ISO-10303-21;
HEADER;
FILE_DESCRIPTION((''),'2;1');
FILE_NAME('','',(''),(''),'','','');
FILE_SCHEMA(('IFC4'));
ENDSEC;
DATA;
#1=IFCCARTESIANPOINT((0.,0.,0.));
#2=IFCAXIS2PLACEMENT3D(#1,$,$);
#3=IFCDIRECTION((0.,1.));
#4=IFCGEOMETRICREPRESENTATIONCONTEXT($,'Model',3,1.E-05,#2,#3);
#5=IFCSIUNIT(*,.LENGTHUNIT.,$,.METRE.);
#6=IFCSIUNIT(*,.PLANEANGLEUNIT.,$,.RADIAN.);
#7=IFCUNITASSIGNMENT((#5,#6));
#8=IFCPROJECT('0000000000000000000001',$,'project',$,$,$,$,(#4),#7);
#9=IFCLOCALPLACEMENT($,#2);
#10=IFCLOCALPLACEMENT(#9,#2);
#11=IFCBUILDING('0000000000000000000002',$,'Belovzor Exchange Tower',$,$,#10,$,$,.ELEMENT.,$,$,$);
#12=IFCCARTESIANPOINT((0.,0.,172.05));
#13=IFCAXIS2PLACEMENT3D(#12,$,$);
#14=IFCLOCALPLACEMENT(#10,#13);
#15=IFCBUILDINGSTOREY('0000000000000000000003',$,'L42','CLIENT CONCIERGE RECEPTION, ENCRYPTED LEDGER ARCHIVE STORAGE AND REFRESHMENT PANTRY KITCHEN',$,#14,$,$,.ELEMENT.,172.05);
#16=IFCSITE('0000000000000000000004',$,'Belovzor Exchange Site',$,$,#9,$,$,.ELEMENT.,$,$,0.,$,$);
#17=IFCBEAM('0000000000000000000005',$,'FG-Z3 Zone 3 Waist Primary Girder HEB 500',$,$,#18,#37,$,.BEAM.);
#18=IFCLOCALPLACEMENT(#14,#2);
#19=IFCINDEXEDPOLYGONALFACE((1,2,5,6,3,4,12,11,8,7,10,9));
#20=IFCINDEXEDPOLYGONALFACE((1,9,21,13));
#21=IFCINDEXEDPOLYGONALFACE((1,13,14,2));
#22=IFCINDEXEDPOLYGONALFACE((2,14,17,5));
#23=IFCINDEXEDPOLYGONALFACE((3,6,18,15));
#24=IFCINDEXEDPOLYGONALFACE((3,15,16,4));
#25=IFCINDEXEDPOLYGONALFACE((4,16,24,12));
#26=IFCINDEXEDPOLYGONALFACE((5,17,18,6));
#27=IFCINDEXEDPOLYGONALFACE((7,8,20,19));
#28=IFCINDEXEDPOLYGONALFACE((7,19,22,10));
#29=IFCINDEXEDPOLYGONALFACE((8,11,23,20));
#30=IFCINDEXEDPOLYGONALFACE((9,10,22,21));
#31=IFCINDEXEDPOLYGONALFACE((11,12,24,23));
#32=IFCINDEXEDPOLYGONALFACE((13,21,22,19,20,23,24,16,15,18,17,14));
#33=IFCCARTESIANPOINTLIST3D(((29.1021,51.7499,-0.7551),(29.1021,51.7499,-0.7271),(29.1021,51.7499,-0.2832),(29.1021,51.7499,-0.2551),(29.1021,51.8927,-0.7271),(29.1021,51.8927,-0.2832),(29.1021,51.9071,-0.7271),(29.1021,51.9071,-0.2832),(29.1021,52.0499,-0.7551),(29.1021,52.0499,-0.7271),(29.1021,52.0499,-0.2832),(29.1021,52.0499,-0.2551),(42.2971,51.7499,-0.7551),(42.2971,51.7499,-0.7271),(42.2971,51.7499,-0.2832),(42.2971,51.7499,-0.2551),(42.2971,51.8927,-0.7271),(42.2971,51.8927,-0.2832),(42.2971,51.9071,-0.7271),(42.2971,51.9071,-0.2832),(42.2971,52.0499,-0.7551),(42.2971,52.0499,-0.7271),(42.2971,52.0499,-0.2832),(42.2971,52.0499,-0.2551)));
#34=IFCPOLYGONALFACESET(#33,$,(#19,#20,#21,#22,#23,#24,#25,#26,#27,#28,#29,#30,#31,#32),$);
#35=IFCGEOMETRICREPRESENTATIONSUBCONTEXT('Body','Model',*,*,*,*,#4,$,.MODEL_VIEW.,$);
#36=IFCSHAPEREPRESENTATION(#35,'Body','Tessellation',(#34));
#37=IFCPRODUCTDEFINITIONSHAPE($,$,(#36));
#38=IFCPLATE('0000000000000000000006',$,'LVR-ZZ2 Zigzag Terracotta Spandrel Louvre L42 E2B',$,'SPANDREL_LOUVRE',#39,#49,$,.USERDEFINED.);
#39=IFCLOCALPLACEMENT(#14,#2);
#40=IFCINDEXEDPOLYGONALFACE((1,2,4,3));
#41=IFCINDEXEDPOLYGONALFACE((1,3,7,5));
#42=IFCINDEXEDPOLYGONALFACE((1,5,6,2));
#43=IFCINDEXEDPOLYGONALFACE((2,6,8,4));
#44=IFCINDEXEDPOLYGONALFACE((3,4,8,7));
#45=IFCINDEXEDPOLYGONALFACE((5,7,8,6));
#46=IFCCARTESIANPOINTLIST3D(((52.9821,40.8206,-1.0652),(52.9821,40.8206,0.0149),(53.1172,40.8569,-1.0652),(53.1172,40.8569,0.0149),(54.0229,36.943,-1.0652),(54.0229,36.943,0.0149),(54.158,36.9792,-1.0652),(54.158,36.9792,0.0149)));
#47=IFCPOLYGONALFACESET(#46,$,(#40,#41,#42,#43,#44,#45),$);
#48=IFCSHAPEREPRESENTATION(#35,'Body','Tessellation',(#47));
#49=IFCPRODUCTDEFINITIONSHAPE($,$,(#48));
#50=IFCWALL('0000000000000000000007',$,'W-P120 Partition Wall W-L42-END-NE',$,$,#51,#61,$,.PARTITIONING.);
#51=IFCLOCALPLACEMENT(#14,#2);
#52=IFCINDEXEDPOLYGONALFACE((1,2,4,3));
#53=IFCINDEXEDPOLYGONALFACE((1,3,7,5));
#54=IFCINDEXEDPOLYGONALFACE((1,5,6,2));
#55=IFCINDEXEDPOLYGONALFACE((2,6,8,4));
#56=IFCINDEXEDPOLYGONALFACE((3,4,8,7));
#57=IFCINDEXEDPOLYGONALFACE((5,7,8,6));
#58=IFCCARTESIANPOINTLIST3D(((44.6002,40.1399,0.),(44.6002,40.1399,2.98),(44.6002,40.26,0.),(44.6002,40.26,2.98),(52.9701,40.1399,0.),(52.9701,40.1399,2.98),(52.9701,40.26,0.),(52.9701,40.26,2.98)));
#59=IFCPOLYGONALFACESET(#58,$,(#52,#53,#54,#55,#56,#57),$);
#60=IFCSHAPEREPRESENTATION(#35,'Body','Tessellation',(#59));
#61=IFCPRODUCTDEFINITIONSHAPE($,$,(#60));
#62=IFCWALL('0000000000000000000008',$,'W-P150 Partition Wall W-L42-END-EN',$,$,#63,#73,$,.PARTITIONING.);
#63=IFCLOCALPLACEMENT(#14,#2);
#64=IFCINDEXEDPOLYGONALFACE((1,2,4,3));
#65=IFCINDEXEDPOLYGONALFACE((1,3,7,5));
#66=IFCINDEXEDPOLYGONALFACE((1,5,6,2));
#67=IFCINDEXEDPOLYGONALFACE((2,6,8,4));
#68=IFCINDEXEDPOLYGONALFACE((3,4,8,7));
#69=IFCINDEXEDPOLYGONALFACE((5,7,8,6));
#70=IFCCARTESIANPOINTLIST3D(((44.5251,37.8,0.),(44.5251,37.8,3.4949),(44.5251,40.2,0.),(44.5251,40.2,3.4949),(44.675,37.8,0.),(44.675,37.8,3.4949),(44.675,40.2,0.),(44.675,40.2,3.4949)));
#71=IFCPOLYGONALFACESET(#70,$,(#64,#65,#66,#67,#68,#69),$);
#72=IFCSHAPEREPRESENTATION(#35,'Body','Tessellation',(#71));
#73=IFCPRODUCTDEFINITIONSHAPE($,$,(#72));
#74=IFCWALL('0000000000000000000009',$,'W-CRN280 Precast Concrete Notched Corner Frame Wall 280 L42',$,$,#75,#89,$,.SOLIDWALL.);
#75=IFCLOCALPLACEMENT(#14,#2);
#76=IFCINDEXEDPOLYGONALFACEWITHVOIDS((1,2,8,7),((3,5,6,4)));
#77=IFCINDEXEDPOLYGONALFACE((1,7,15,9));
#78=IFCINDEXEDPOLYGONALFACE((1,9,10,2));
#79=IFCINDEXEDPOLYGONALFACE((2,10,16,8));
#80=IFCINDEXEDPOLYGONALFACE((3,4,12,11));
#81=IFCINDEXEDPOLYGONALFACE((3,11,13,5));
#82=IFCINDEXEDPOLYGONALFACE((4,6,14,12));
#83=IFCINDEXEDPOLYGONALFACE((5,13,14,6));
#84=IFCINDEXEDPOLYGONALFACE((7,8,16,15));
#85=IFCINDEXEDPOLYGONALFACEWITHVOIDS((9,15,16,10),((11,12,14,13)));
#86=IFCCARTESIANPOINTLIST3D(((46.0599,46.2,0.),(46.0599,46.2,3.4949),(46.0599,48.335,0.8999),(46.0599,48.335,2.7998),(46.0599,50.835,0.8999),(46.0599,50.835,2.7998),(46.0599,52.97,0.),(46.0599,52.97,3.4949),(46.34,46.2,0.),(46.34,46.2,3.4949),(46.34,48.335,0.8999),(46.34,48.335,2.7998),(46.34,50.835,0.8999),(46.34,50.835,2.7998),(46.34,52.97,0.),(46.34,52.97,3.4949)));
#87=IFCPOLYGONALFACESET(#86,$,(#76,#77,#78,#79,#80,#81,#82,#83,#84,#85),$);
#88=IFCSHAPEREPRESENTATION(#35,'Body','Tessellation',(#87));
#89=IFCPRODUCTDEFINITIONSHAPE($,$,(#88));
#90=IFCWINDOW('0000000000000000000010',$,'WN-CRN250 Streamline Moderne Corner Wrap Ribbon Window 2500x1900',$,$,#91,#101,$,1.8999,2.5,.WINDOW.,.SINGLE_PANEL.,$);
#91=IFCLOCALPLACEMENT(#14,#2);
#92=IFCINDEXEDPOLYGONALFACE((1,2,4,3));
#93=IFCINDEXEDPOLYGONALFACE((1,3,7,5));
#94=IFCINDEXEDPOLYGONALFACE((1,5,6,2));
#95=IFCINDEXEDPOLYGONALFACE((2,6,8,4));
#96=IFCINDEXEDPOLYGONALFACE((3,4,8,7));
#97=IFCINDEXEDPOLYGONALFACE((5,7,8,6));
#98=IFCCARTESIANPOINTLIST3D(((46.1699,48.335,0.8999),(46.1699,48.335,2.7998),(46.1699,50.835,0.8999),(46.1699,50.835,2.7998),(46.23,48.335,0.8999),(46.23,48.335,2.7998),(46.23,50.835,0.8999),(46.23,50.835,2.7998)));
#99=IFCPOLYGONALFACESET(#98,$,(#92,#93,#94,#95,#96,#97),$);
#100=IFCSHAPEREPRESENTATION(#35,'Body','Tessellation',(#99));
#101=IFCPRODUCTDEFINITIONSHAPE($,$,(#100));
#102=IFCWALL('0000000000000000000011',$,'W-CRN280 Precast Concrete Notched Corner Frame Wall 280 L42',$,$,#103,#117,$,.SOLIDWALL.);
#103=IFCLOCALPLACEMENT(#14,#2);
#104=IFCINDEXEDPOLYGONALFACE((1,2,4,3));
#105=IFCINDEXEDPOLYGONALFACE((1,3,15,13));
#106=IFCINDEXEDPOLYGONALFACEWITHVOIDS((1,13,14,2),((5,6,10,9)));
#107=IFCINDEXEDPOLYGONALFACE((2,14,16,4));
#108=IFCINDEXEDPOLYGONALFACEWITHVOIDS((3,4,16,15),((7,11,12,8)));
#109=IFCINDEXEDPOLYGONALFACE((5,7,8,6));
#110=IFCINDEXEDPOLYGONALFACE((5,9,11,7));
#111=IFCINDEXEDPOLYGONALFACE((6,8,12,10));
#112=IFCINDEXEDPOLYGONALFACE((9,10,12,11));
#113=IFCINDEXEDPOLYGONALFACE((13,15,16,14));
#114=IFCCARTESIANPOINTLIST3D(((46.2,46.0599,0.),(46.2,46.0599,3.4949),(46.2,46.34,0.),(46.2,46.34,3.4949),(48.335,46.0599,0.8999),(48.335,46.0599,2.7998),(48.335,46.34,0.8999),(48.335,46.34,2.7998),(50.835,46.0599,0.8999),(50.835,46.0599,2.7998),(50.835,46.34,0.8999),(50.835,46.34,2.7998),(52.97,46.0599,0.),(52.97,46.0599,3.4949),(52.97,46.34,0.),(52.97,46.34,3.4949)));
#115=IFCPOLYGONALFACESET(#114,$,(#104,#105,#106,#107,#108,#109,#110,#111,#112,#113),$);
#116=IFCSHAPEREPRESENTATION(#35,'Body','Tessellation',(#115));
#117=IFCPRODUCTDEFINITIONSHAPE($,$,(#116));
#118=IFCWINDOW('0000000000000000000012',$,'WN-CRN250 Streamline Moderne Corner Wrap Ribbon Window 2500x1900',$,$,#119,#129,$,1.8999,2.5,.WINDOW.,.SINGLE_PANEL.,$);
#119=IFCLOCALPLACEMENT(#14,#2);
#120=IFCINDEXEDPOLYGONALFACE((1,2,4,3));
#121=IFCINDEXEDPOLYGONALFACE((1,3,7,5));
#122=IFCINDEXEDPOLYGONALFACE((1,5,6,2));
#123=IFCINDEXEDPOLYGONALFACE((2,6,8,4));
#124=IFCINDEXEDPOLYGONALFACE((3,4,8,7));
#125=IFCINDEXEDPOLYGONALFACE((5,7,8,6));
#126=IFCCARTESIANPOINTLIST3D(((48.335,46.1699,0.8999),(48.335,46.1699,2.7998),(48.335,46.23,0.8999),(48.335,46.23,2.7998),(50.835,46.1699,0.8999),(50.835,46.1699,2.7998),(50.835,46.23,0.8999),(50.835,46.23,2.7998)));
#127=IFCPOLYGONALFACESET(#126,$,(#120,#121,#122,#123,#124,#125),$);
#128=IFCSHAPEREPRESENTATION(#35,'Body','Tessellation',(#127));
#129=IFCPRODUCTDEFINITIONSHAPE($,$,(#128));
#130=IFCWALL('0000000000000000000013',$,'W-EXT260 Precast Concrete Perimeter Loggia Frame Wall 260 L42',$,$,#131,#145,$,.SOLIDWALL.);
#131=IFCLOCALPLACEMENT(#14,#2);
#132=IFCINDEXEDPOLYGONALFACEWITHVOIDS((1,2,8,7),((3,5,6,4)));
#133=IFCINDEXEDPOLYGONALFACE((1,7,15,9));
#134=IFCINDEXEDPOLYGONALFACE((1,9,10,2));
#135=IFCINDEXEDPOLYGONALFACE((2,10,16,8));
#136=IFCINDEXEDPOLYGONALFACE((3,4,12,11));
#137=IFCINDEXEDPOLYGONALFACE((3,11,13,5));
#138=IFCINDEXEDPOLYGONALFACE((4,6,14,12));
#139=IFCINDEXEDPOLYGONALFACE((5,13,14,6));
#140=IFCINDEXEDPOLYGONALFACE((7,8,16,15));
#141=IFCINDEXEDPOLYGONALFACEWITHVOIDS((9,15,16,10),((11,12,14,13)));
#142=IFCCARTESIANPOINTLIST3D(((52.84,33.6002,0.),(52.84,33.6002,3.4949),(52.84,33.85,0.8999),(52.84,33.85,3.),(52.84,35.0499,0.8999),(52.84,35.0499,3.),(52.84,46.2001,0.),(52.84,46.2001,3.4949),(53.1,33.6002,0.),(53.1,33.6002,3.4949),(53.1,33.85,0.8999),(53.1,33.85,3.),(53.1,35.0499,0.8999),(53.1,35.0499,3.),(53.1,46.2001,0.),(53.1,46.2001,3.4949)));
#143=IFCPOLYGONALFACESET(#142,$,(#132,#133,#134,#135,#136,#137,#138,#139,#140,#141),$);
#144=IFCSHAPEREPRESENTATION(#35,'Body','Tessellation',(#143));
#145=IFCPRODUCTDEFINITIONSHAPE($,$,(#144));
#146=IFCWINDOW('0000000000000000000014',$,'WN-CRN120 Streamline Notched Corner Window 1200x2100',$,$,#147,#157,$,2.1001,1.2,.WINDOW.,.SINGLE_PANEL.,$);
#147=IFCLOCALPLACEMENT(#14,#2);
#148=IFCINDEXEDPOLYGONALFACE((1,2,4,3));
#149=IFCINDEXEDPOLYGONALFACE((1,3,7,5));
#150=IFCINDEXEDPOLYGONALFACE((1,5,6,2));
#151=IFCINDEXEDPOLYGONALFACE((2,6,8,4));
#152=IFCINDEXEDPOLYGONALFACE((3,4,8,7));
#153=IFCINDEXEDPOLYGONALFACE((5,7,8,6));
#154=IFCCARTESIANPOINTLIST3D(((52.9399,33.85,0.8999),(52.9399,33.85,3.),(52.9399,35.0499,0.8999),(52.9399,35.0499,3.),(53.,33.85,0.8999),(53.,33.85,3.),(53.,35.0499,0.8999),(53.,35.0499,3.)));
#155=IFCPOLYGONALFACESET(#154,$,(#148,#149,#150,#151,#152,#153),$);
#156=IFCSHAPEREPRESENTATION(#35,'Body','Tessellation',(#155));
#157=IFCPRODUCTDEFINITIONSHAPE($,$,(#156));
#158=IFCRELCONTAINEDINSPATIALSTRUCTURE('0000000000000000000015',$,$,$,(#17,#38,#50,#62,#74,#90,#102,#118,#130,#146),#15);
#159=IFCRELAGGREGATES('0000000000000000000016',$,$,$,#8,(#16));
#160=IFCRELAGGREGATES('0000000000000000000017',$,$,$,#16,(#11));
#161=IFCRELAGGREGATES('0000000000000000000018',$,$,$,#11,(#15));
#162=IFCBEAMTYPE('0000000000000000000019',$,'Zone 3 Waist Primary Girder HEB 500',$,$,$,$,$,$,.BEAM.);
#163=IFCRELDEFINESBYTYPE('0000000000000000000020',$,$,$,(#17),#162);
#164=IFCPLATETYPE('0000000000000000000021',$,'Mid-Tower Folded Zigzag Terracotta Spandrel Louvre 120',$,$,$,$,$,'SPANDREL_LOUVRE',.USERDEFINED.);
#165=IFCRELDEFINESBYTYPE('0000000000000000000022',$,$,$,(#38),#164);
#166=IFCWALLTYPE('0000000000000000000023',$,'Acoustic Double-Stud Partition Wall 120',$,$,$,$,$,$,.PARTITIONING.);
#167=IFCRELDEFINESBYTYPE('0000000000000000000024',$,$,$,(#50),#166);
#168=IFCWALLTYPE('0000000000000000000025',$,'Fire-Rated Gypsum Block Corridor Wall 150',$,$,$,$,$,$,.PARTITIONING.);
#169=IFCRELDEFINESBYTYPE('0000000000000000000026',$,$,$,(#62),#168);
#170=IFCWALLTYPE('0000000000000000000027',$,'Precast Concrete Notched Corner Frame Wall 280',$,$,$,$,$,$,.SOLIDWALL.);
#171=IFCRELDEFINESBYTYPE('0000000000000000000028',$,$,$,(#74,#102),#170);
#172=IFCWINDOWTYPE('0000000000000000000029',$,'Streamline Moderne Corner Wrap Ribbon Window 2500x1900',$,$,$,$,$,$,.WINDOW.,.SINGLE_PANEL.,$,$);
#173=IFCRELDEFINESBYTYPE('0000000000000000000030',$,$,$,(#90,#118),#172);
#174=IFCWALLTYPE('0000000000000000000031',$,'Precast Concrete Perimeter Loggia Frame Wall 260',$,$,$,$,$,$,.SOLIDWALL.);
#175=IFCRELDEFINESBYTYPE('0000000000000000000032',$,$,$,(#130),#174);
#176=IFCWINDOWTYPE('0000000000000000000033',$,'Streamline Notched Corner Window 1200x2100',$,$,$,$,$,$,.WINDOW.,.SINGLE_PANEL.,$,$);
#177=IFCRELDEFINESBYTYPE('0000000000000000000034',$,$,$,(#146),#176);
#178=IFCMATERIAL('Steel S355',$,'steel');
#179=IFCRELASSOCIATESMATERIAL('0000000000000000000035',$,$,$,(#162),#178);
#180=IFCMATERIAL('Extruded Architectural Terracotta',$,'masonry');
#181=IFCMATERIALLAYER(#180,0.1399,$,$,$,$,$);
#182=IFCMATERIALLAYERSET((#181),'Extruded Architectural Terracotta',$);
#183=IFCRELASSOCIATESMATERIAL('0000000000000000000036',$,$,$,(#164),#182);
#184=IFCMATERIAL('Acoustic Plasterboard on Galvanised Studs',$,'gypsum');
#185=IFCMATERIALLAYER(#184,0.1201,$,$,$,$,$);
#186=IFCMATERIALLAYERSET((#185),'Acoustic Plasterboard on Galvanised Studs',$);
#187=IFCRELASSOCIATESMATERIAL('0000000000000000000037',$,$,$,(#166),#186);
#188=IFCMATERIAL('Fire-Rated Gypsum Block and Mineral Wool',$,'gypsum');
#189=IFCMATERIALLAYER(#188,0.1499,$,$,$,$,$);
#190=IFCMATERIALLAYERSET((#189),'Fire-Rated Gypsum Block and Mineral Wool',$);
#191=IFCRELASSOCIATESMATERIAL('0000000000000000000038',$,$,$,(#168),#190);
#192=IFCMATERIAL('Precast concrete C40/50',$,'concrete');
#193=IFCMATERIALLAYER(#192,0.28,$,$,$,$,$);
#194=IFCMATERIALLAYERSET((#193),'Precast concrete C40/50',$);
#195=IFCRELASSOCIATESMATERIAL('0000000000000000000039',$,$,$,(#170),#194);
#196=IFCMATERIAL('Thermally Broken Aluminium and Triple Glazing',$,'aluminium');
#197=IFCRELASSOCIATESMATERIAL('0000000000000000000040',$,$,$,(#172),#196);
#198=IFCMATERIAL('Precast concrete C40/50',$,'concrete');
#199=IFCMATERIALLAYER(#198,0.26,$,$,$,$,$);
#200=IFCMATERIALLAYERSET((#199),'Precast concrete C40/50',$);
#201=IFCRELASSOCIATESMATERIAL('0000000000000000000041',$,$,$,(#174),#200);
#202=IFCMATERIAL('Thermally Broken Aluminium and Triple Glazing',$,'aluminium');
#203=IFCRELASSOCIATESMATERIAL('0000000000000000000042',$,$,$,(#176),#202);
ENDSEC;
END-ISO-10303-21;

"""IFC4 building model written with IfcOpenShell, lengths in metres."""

from ifc_helpers import new_model, si_unit, direction, frame, frame_2d, origin, origin_2d, place, context, subcontext, project, spatial, rectangle, i_section, extrude, material, layer, layer_set, material_profile, profile_set, type_object, element, fill, save


model = new_model("IFC4")

# Units and contexts
model_context = context("Model", 3, precision=1e-05, world=origin(), true_north=direction((0.0, 1.0)))
body_context = subcontext(model_context, "Body", "Model", "MODEL_VIEW")
ifc_project = project(units=[si_unit("LENGTHUNIT", "METRE"), si_unit("PLANEANGLEUNIT", "RADIAN")], contexts=[model_context])

# Site, building, storey
site_placement = place(None, origin())
site = spatial("IfcSite", under=ifc_project, at=site_placement, Name="Belovzor Exchange Site", CompositionType="ELEMENT", RefElevation=0.0)
building_placement = place(site_placement, origin())
building = spatial("IfcBuilding", under=site, at=building_placement, Name="Belovzor Exchange Tower", CompositionType="ELEMENT")
storey_placement = place(building_placement, frame((0.0, 0.0, 172.05)))
storey = spatial("IfcBuildingStorey", under=building, at=storey_placement, Name="L42", Description="CLIENT CONCIERGE RECEPTION, ENCRYPTED LEDGER ARCHIVE STORAGE AND REFRESHMENT PANTRY KITCHEN", CompositionType="ELEMENT", Elevation=172.05)

# Beam
ifc_material_1 = material(Name="Steel S355", Category="steel")
ifc_material_profile_1 = material_profile(ifc_material_1, i_section(OverallWidth=0.3, OverallDepth=0.5, WebThickness=0.0144, FlangeThickness=0.0281, at=origin_2d()))
ifc_profile_set_1 = profile_set([ifc_material_profile_1], Name="Steel S355")
beam_type_1 = type_object("IfcBeamType", Name="Zone 3 Waist Primary Girder HEB 500", PredefinedType="BEAM", material=ifc_profile_set_1)
beam_1_placement = place(storey_placement, frame((42.2971, 51.8999, -0.5051), z_axis=(-1.0, 0.0, 0.0), x_axis=(0.0, -1.0, 0.0)))
element("IfcBeam", 1, at=beam_1_placement, inside=storey, type_object=beam_type_1, Name="FG-Z3 Zone 3 Waist Primary Girder HEB 500", PredefinedType="BEAM", context=body_context, shape_type="SweptSolid", body=[
    extrude(i_section(OverallWidth=0.3, OverallDepth=0.5, WebThickness=0.0144, FlangeThickness=0.0281, at=origin_2d()), origin(), (0.0, 0.0, 1.0), 13.1951),
])

# Plate
ifc_material_2 = material(Name="Extruded Architectural Terracotta", Category="masonry")
ifc_layer_1 = layer(ifc_material_2, 0.1399)
ifc_layer_set_1 = layer_set([ifc_layer_1], Name="Extruded Architectural Terracotta")
plate_type = type_object("IfcPlateType", Name="Mid-Tower Folded Zigzag Terracotta Spandrel Louvre 120", ElementType="SPANDREL_LOUVRE", PredefinedType="USERDEFINED", material=ifc_layer_set_1)
plate_placement = place(storey_placement, frame((53.5701, 38.8999, -1.0652), z_axis=(0.0, 0.0, 1.0), x_axis=(-0.25924, 0.965813, 0.0)))
element("IfcPlate", 2, at=plate_placement, inside=storey, type_object=plate_type, Name="LVR-ZZ2 Zigzag Terracotta Spandrel Louvre L42 E2B", ObjectType="SPANDREL_LOUVRE", PredefinedType="USERDEFINED", context=body_context, shape_type="SweptSolid", body=[
    extrude(rectangle(XDim=4.0149, YDim=0.1399, at=origin_2d()), origin(), (0.0, 0.0, 1.0), 1.0801),
])

# Walls
ifc_material_3 = material(Name="Acoustic Plasterboard on Galvanised Studs", Category="gypsum")
ifc_layer_2 = layer(ifc_material_3, 0.1201)
ifc_layer_set_2 = layer_set([ifc_layer_2], Name="Acoustic Plasterboard on Galvanised Studs")
wall_type_1 = type_object("IfcWallType", Name="Acoustic Double-Stud Partition Wall 120", PredefinedType="PARTITIONING", material=ifc_layer_set_2)
wall_1_placement = place(storey_placement, frame((44.6001, 40.2, 0.0), z_axis=(0.0, 0.0, 1.0), x_axis=(1.0, 0.0, 0.0)))
element("IfcWall", 3, at=wall_1_placement, inside=storey, type_object=wall_type_1, Name="W-P120 Partition Wall W-L42-END-NE", PredefinedType="PARTITIONING", context=body_context, shape_type="SweptSolid", body=[
    extrude(rectangle(XDim=8.3699, YDim=0.1201, at=frame_2d((4.1851, 0.0))), origin(), (0.0, 0.0, 1.0), 2.98),
])
ifc_material_4 = material(Name="Fire-Rated Gypsum Block and Mineral Wool", Category="gypsum")
ifc_layer_3 = layer(ifc_material_4, 0.1499)
ifc_layer_set_3 = layer_set([ifc_layer_3], Name="Fire-Rated Gypsum Block and Mineral Wool")
wall_type_2 = type_object("IfcWallType", Name="Fire-Rated Gypsum Block Corridor Wall 150", PredefinedType="PARTITIONING", material=ifc_layer_set_3)
wall_2_placement = place(storey_placement, frame((44.6001, 37.8, 0.0), z_axis=(0.0, 0.0, 1.0), x_axis=(0.0, 1.0, 0.0)))
element("IfcWall", 4, at=wall_2_placement, inside=storey, type_object=wall_type_2, Name="W-P150 Partition Wall W-L42-END-EN", PredefinedType="PARTITIONING", context=body_context, shape_type="SweptSolid", body=[
    extrude(rectangle(XDim=2.3999, YDim=0.1499, at=frame_2d((1.2, 0.0))), origin(), (0.0, 0.0, 1.0), 3.4949),
])

# Walls, openings, windows
ifc_material_5 = material(Name="Precast concrete C40/50", Category="concrete")
ifc_layer_4 = layer(ifc_material_5, 0.28)
ifc_layer_set_4 = layer_set([ifc_layer_4], Name="Precast concrete C40/50")
wall_type_3 = type_object("IfcWallType", Name="Precast Concrete Notched Corner Frame Wall 280", PredefinedType="SOLIDWALL", material=ifc_layer_set_4)
wall_3_placement = place(storey_placement, frame((46.2, 52.97, 0.0), z_axis=(0.0, 0.0, 1.0), x_axis=(0.0, -1.0, 0.0)))
wall_3 = element("IfcWall", 5, at=wall_3_placement, inside=storey, type_object=wall_type_3, Name="W-CRN280 Precast Concrete Notched Corner Frame Wall 280 L42", PredefinedType="SOLIDWALL", context=body_context, shape_type="SweptSolid", body=[
    extrude(rectangle(XDim=6.77, YDim=0.28, at=frame_2d((3.385, 0.0))), origin(), (0.0, 0.0, 1.0), 3.4949),
])
opening_1_placement = place(wall_3_placement, frame((2.135, 0.0, 0.8999)))
opening_1 = element("IfcOpeningElement", 6, at=opening_1_placement, cuts=wall_3, PredefinedType="OPENING", context=body_context, shape_type="SweptSolid", body=[
    extrude(rectangle(XDim=2.5, YDim=1.8999, at=frame_2d((1.25, 0.95))), frame((0.0, 0.1499, 0.0), z_axis=(0.0, -1.0, 0.0), x_axis=(1.0, 0.0, 0.0)), (0.0, 0.0, 1.0), 0.3),
])
ifc_material_6 = material(Name="Thermally Broken Aluminium and Triple Glazing", Category="aluminium")
window_type_1 = type_object("IfcWindowType", Name="Streamline Moderne Corner Wrap Ribbon Window 2500x1900", PartitioningType="SINGLE_PANEL", PredefinedType="WINDOW", material=ifc_material_6)
window_1_placement = place(opening_1_placement, origin())
window_1 = element("IfcWindow", 7, at=window_1_placement, inside=storey, type_object=window_type_1, Name="WN-CRN250 Streamline Moderne Corner Wrap Ribbon Window 2500x1900", OverallHeight=1.8999, OverallWidth=2.5, PartitioningType="SINGLE_PANEL", PredefinedType="WINDOW", context=body_context, shape_type="SweptSolid", body=[
    extrude(rectangle(XDim=2.5, YDim=1.8999, at=frame_2d((1.25, 0.95))), frame((0.0, 0.03, 0.0), z_axis=(0.0, -1.0, 0.0), x_axis=(1.0, 0.0, 0.0)), (0.0, 0.0, 1.0), 0.0601),
])
fill(opening_1, window_1)
wall_4_placement = place(storey_placement, frame((46.2, 46.2, 0.0), z_axis=(0.0, 0.0, 1.0), x_axis=(1.0, 0.0, 0.0)))
wall_4 = element("IfcWall", 8, at=wall_4_placement, inside=storey, type_object=wall_type_3, Name="W-CRN280 Precast Concrete Notched Corner Frame Wall 280 L42", PredefinedType="SOLIDWALL", context=body_context, shape_type="SweptSolid", body=[
    extrude(rectangle(XDim=6.77, YDim=0.28, at=frame_2d((3.385, 0.0))), origin(), (0.0, 0.0, 1.0), 3.4949),
])
opening_2_placement = place(wall_4_placement, frame((2.135, 0.0, 0.8999)))
opening_2 = element("IfcOpeningElement", 9, at=opening_2_placement, cuts=wall_4, PredefinedType="OPENING", context=body_context, shape_type="SweptSolid", body=[
    extrude(rectangle(XDim=2.5, YDim=1.8999, at=frame_2d((1.25, 0.95))), frame((0.0, 0.1499, 0.0), z_axis=(0.0, -1.0, 0.0), x_axis=(1.0, 0.0, 0.0)), (0.0, 0.0, 1.0), 0.3),
])
window_2_placement = place(opening_2_placement, origin())
window_2 = element("IfcWindow", 10, at=window_2_placement, inside=storey, type_object=window_type_1, Name="WN-CRN250 Streamline Moderne Corner Wrap Ribbon Window 2500x1900", OverallHeight=1.8999, OverallWidth=2.5, PartitioningType="SINGLE_PANEL", PredefinedType="WINDOW", context=body_context, shape_type="SweptSolid", body=[
    extrude(rectangle(XDim=2.5, YDim=1.8999, at=frame_2d((1.25, 0.95))), frame((0.0, 0.03, 0.0), z_axis=(0.0, -1.0, 0.0), x_axis=(1.0, 0.0, 0.0)), (0.0, 0.0, 1.0), 0.0601),
])
fill(opening_2, window_2)
ifc_material_7 = material(Name="Precast concrete C40/50", Category="concrete")
ifc_layer_5 = layer(ifc_material_7, 0.26)
ifc_layer_set_5 = layer_set([ifc_layer_5], Name="Precast concrete C40/50")
wall_type_4 = type_object("IfcWallType", Name="Precast Concrete Perimeter Loggia Frame Wall 260", PredefinedType="SOLIDWALL", material=ifc_layer_set_5)
wall_5_placement = place(storey_placement, frame((52.97, 46.2, 0.0), z_axis=(0.0, 0.0, 1.0), x_axis=(0.0, -1.0, 0.0)))
wall_5 = element("IfcWall", 11, at=wall_5_placement, inside=storey, type_object=wall_type_4, Name="W-EXT260 Precast Concrete Perimeter Loggia Frame Wall 260 L42", PredefinedType="SOLIDWALL", context=body_context, shape_type="SweptSolid", body=[
    extrude(rectangle(XDim=12.5999, YDim=0.26, at=frame_2d((6.2998, 0.0))), origin(), (0.0, 0.0, 1.0), 3.4949),
])
opening_3_placement = place(wall_5_placement, frame((11.1499, 0.0, 0.8999)))
opening_3 = element("IfcOpeningElement", 12, at=opening_3_placement, cuts=wall_5, PredefinedType="OPENING", context=body_context, shape_type="SweptSolid", body=[
    extrude(rectangle(XDim=1.2, YDim=2.1001, at=frame_2d((0.6001, 1.05))), frame((0.0, 0.1399, 0.0), z_axis=(0.0, -1.0, 0.0), x_axis=(1.0, 0.0, 0.0)), (0.0, 0.0, 1.0), 0.28),
])
ifc_material_8 = material(Name="Thermally Broken Aluminium and Triple Glazing", Category="aluminium")
window_type_2 = type_object("IfcWindowType", Name="Streamline Notched Corner Window 1200x2100", PartitioningType="SINGLE_PANEL", PredefinedType="WINDOW", material=ifc_material_8)
window_3_placement = place(opening_3_placement, origin())
window_3 = element("IfcWindow", 13, at=window_3_placement, inside=storey, type_object=window_type_2, Name="WN-CRN120 Streamline Notched Corner Window 1200x2100", OverallHeight=2.1001, OverallWidth=1.2, PartitioningType="SINGLE_PANEL", PredefinedType="WINDOW", context=body_context, shape_type="SweptSolid", body=[
    extrude(rectangle(XDim=1.2, YDim=2.1001, at=frame_2d((0.6001, 1.05))), frame((0.0, 0.03, 0.0), z_axis=(0.0, -1.0, 0.0), x_axis=(1.0, 0.0, 0.0)), (0.0, 0.0, 1.0), 0.0601),
])
fill(opening_3, window_3)

save(model, "model.ifc")
